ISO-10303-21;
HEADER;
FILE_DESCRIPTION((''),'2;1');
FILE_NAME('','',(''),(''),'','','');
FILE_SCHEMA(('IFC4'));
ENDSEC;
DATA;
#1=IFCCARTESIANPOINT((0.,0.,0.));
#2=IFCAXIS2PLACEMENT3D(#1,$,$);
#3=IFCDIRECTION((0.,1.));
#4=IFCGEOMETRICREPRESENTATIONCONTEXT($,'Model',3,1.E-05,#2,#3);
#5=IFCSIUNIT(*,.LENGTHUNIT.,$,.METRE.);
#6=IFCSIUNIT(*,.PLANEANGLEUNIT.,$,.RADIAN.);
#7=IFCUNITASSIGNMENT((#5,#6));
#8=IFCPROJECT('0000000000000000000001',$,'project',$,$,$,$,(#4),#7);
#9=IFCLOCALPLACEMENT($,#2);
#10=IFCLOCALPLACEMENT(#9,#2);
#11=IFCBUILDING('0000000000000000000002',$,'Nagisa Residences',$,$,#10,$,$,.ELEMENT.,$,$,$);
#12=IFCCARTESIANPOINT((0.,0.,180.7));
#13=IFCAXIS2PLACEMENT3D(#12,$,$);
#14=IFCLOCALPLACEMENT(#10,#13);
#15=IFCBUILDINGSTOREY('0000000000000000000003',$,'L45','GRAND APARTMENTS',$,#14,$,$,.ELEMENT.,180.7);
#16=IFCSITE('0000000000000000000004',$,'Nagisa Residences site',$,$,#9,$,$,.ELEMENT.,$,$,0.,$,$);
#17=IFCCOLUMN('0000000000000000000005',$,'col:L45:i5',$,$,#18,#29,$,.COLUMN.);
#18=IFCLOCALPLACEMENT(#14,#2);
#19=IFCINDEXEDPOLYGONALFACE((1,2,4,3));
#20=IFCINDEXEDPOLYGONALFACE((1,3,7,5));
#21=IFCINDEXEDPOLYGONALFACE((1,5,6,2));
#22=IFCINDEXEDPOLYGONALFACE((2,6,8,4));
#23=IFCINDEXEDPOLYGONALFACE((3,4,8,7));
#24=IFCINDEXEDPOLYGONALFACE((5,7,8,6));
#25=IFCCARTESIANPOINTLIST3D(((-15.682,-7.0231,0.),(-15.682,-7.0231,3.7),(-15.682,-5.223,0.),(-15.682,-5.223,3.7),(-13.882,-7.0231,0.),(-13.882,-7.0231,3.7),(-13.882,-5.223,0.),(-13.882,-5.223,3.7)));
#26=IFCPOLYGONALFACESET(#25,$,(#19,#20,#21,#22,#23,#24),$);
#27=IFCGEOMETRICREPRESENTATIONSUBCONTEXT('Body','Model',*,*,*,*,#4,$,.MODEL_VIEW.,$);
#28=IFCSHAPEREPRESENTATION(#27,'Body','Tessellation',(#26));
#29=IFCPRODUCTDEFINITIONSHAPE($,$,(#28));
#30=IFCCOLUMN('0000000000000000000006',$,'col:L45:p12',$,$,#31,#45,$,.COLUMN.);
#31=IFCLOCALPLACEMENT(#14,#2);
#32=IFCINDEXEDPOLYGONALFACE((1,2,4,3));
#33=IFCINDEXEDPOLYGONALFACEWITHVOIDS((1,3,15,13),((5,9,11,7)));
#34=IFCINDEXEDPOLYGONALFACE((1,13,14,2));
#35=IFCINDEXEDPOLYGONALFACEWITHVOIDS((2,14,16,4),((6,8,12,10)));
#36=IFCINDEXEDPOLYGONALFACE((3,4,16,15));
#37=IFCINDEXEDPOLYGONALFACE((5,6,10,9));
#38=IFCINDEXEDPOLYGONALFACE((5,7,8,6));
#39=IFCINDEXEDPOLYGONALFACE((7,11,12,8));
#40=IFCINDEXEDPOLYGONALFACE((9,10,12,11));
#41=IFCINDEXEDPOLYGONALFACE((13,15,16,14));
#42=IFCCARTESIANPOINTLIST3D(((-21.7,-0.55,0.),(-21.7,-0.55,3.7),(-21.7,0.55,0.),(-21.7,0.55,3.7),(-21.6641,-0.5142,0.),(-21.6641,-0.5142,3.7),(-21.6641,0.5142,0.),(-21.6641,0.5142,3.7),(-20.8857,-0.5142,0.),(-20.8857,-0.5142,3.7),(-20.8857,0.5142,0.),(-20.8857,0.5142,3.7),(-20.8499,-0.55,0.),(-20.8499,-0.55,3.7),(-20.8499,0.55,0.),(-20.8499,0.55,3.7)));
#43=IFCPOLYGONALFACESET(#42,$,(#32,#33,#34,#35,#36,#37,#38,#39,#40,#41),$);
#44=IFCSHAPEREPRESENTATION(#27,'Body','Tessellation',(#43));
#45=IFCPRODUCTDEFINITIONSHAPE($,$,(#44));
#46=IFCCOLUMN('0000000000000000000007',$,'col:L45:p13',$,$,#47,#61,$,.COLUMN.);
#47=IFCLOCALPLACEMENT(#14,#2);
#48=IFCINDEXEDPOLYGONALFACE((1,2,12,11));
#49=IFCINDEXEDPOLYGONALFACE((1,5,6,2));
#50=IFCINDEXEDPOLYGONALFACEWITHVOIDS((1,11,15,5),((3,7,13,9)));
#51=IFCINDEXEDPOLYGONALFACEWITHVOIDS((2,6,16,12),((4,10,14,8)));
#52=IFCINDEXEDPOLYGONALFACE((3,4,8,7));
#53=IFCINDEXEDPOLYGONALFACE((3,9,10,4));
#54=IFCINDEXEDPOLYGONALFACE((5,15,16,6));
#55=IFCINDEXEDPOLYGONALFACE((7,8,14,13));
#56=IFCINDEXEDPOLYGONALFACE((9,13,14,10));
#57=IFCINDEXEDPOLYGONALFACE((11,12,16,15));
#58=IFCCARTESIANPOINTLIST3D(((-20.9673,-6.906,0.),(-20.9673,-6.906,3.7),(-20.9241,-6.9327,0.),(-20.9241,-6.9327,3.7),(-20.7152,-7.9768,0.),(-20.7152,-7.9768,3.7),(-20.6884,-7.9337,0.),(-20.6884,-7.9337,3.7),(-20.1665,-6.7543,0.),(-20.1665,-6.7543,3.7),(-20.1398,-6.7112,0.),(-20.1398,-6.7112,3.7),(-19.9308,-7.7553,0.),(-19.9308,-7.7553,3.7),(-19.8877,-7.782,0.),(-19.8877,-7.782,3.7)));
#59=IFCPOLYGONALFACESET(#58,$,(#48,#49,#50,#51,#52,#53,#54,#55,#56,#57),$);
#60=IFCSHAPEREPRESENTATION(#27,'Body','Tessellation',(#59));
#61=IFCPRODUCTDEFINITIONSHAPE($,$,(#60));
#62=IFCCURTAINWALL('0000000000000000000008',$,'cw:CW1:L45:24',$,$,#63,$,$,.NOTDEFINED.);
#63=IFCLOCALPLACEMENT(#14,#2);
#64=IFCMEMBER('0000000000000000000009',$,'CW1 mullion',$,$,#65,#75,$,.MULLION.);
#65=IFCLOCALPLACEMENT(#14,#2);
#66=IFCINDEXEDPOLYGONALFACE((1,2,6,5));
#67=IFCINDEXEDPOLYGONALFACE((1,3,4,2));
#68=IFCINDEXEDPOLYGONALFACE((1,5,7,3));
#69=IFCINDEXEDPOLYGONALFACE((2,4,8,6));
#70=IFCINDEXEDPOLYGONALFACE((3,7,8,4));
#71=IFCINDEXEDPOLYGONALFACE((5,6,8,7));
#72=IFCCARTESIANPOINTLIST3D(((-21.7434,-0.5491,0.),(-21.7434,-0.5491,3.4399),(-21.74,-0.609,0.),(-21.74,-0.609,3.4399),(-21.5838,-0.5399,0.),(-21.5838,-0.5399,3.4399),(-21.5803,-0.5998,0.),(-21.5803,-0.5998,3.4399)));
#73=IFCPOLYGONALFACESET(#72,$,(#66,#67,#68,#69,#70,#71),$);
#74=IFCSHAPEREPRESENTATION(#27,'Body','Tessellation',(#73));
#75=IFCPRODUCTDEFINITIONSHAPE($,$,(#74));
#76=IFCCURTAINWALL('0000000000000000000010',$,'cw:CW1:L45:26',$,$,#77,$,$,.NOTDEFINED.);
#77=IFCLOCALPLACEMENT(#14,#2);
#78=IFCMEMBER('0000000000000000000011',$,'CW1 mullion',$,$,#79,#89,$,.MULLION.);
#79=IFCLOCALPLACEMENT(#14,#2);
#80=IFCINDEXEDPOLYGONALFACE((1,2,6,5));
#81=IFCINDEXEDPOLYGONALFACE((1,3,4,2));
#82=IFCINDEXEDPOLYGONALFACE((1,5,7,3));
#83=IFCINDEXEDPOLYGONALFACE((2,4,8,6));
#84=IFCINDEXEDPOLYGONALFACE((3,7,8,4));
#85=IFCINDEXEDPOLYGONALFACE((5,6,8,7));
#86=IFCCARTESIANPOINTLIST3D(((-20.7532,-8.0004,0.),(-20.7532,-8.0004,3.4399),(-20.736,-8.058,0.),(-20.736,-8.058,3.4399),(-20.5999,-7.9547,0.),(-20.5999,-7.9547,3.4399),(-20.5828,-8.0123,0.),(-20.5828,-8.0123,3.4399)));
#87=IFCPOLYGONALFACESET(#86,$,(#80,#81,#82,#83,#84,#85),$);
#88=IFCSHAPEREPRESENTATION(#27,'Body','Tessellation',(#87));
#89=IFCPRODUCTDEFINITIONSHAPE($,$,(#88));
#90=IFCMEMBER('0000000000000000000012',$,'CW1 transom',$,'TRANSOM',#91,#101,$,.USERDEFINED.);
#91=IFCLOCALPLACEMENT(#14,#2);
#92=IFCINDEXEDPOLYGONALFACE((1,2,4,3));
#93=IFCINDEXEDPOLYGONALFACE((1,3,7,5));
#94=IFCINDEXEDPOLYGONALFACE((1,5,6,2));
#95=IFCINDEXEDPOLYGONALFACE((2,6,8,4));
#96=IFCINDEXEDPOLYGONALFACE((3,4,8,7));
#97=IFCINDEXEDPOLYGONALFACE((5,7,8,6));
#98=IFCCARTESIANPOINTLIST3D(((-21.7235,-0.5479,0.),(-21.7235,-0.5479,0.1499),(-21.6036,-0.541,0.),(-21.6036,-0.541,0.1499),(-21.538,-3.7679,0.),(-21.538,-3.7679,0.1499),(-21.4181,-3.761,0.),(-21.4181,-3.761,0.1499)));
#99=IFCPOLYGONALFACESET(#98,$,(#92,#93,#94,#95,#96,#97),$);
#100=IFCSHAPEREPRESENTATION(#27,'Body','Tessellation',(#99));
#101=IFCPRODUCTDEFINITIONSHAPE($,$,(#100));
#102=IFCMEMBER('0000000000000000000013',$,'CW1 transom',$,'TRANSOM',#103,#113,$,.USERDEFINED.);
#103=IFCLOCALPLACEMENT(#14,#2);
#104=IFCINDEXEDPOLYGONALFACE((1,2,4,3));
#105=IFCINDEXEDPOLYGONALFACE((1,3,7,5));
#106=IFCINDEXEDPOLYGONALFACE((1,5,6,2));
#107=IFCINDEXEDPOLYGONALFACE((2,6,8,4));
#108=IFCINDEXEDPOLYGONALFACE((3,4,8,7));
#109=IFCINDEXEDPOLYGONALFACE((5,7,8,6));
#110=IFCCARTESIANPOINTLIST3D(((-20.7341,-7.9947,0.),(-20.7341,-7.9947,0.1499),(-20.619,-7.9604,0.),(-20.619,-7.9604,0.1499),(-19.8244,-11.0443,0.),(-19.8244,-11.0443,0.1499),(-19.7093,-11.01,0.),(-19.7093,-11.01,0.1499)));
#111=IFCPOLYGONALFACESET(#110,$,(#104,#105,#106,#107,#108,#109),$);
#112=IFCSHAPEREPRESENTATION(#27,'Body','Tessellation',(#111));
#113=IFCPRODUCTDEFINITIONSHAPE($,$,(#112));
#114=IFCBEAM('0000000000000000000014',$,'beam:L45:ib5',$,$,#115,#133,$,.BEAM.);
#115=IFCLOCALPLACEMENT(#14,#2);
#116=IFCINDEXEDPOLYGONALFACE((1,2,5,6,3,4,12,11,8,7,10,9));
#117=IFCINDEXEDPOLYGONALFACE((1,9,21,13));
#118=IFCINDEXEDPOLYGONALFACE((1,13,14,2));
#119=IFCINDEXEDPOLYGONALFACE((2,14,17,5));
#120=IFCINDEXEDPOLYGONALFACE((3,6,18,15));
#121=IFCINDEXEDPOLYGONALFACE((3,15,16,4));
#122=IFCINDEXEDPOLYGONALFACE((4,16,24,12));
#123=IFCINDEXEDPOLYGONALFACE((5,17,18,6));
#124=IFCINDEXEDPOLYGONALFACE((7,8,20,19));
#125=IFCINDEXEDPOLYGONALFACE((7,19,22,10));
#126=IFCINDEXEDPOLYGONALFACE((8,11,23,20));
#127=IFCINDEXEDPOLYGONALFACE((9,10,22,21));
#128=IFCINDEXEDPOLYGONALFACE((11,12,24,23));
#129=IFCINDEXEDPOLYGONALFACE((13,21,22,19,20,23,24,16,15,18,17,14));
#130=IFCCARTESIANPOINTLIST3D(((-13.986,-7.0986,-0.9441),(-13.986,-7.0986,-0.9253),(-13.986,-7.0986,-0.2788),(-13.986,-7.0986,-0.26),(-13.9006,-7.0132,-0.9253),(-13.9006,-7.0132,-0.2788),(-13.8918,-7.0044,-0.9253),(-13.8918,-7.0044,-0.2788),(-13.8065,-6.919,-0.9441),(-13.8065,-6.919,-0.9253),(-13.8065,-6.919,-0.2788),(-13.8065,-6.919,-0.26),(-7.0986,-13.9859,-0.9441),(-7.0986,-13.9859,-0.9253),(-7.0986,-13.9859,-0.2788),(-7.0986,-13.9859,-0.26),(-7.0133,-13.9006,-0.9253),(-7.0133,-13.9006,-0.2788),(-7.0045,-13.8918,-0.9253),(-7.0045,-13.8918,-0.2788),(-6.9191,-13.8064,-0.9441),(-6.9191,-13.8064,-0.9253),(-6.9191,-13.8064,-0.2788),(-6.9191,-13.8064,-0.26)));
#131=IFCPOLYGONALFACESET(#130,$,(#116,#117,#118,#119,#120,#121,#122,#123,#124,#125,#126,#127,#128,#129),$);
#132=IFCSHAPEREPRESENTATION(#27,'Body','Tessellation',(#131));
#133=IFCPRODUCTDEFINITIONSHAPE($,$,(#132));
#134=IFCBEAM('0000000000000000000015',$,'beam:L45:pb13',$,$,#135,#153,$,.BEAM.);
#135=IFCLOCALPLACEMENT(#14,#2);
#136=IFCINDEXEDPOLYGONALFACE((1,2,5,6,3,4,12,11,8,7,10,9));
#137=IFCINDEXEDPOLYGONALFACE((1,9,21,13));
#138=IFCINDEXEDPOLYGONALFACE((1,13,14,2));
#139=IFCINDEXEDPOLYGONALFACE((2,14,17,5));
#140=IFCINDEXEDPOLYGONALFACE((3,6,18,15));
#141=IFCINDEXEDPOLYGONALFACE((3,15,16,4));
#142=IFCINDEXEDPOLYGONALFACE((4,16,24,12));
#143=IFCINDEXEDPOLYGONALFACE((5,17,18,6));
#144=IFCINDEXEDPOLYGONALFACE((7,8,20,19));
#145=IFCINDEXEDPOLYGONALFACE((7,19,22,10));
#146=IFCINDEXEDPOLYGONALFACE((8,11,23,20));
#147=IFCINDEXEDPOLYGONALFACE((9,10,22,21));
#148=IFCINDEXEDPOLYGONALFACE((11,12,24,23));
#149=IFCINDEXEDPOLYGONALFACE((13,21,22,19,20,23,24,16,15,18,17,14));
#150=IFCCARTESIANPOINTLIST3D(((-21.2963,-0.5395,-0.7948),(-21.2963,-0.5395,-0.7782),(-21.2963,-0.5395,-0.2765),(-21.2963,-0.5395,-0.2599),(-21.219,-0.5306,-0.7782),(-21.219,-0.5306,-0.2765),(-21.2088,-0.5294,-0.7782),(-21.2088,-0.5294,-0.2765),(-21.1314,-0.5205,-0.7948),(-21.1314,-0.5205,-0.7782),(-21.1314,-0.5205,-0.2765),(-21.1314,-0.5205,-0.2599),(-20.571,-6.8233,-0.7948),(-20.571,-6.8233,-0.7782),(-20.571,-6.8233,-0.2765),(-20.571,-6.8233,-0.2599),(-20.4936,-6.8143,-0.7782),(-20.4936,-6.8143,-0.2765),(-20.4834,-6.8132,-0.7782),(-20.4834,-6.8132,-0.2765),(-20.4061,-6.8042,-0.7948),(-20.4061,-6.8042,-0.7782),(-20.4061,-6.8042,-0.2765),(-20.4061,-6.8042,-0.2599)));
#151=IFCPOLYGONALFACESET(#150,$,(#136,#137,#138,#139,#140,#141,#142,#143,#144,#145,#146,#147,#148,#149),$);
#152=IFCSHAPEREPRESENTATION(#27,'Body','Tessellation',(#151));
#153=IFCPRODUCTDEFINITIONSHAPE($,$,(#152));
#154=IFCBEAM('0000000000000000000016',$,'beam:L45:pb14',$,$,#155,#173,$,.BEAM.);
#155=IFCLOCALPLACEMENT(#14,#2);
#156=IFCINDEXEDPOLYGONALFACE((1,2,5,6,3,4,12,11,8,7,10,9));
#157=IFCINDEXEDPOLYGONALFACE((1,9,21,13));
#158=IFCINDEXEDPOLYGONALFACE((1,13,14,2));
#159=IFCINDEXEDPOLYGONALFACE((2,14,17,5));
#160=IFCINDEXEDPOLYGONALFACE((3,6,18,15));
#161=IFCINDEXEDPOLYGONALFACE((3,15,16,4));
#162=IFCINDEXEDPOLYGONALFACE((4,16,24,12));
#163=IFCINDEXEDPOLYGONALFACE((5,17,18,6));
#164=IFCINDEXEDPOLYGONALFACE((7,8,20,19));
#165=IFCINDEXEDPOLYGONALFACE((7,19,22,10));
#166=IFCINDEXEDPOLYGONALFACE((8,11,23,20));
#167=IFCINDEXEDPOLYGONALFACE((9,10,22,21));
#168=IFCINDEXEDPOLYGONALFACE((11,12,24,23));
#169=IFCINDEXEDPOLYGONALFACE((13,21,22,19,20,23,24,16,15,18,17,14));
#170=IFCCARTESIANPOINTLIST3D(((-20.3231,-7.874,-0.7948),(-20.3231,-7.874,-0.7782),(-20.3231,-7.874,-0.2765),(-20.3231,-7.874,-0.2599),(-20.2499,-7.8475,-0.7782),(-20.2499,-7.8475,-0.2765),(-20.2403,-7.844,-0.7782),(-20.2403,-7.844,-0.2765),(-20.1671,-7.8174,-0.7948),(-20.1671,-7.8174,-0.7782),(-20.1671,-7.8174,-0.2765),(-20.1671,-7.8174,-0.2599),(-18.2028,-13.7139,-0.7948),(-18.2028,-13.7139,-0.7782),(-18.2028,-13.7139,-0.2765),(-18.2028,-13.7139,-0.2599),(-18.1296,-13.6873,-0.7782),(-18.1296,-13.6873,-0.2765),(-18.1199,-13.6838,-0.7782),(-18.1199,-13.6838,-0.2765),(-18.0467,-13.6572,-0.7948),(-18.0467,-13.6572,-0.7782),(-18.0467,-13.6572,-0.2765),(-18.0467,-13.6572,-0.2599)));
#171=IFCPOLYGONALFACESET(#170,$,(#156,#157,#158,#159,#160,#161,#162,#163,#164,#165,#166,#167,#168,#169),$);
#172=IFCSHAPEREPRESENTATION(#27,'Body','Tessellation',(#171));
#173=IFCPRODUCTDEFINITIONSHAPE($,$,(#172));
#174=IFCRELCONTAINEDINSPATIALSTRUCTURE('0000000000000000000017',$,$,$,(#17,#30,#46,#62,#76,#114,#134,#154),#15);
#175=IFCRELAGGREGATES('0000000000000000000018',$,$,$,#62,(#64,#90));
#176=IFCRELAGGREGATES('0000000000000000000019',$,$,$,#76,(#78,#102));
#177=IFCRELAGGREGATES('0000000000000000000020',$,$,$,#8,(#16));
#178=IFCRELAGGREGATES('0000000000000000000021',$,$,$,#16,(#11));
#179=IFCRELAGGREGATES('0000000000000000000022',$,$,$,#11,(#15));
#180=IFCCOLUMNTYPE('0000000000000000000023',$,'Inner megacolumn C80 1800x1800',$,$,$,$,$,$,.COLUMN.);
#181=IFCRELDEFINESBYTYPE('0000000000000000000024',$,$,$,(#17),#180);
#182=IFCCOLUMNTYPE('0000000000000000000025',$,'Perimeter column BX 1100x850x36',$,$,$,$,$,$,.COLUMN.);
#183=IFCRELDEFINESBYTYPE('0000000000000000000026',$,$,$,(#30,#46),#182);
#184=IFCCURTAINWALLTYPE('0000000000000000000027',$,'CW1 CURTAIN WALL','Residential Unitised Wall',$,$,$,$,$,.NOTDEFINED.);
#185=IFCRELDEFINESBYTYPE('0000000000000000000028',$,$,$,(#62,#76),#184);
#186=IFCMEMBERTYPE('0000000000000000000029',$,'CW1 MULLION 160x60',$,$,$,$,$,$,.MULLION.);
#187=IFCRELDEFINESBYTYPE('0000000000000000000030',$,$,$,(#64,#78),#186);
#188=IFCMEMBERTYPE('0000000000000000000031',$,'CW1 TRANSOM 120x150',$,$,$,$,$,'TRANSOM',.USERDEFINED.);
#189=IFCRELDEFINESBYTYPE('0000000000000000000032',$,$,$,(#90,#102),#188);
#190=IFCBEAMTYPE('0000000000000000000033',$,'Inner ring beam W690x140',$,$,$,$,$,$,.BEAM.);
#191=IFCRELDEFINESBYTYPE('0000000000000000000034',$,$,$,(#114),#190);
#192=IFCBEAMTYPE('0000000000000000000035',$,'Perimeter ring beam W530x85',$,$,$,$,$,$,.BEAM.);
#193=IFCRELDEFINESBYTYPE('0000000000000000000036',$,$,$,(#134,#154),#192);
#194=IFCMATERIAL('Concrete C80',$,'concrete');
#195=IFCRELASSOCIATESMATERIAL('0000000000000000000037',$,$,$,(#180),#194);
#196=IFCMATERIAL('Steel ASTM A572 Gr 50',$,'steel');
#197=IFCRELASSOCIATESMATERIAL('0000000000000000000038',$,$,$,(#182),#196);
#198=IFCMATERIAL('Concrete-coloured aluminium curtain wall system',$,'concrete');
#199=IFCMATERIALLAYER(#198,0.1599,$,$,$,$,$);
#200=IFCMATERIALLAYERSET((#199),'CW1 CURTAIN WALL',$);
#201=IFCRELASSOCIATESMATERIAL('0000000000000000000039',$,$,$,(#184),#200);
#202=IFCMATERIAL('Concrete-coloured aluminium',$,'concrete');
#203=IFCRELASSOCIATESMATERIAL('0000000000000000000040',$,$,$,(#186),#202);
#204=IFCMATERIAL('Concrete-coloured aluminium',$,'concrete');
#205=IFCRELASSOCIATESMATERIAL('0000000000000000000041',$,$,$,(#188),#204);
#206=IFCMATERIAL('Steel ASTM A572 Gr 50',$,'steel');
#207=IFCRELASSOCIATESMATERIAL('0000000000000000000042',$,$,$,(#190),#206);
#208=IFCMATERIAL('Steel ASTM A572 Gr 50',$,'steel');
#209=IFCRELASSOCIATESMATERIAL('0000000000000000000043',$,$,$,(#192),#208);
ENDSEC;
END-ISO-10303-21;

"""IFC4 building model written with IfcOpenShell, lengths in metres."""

from ifc_helpers import new_model, si_unit, direction, frame, origin, origin_2d, place, context, subcontext, project, spatial, rectangle, hollow_rectangle, i_section, extrude, material, layer, layer_set, material_profile, profile_set, type_object, element, aggregate, save


model = new_model("IFC4")

# Units and contexts
model_context = context("Model", 3, precision=1e-05, world=origin(), true_north=direction((0.0, 1.0)))
body_context = subcontext(model_context, "Body", "Model", "MODEL_VIEW")
ifc_project = project(units=[si_unit("LENGTHUNIT", "METRE"), si_unit("PLANEANGLEUNIT", "RADIAN")], contexts=[model_context])

# Site, building, storey
site_placement = place(None, origin())
site = spatial("IfcSite", under=ifc_project, at=site_placement, Name="Nagisa Residences site", CompositionType="ELEMENT", RefElevation=0.0)
building_placement = place(site_placement, origin())
building = spatial("IfcBuilding", under=site, at=building_placement, Name="Nagisa Residences", CompositionType="ELEMENT")
storey_placement = place(building_placement, frame((0.0, 0.0, 180.7)))
storey = spatial("IfcBuildingStorey", under=building, at=storey_placement, Name="L45", Description="GRAND APARTMENTS", CompositionType="ELEMENT", Elevation=180.7)

# Columns
ifc_material_1 = material(Name="Concrete C80", Category="concrete")
ifc_material_profile_1 = material_profile(ifc_material_1, rectangle(XDim=1.8, YDim=1.8, at=origin_2d()), Name="C80 1800x1800")
ifc_profile_set_1 = profile_set([ifc_material_profile_1], Name="Concrete C80")
column_type_1 = type_object("IfcColumnType", Name="Inner megacolumn C80 1800x1800", PredefinedType="COLUMN", material=ifc_profile_set_1)
column_placement = place(storey_placement, frame((-14.782, -6.123, 0.0), z_axis=(0.0, 0.0, 1.0), x_axis=(1.0, 0.0, 0.0)))
element("IfcColumn", 1, at=column_placement, inside=storey, type_object=column_type_1, Name="col:L45:i5", PredefinedType="COLUMN", context=body_context, shape_type="SweptSolid", body=[
    extrude(rectangle(XDim=1.8, YDim=1.8, at=origin_2d()), origin(), (0.0, 0.0, 1.0), 3.7),
])
ifc_material_2 = material(Name="Steel ASTM A572 Gr 50", Category="steel")
ifc_material_profile_2 = material_profile(ifc_material_2, hollow_rectangle(XDim=1.1001, YDim=0.8501, WallThickness=0.0359, at=origin_2d()), Name="BX 1100x850x36")
ifc_profile_set_2 = profile_set([ifc_material_profile_2], Name="Steel ASTM A572 Gr 50")
column_type_2 = type_object("IfcColumnType", Name="Perimeter column BX 1100x850x36", PredefinedType="COLUMN", material=ifc_profile_set_2)
for number, where, z_axis, x_axis, name in (
    (2, (-21.2749, 0.0, 0.0), (0.0, 0.0, 1.0), (0.0, -1.0, 0.0), "col:L45:p12"),
    (3, (-20.4275, -7.344, 0.0), (0.0, 0.0, 1.0), (0.229202, -0.973379, 0.0), "col:L45:p13"),
):
    element("IfcColumn", number, at=place(storey_placement, frame(where, z_axis=z_axis, x_axis=x_axis)), inside=storey, type_object=column_type_2, Name=name, PredefinedType="COLUMN", context=body_context, shape_type="SweptSolid", body=[
        extrude(hollow_rectangle(XDim=1.1001, YDim=0.8501, WallThickness=0.0359, at=origin_2d()), origin(), (0.0, 0.0, 1.0), 3.7),
    ])

# Curtain walls, members
ifc_material_3 = material(Name="Concrete-coloured aluminium curtain wall system", Category="concrete")
ifc_layer_1 = layer(ifc_material_3, 0.1599)
ifc_layer_set_1 = layer_set([ifc_layer_1], Name="CW1 CURTAIN WALL")
curtain_wall_type = type_object("IfcCurtainWallType", Name="CW1 CURTAIN WALL", Description="Residential Unitised Wall", PredefinedType="NOTDEFINED", material=ifc_layer_set_1)
curtain_wall_1_placement = place(storey_placement, origin())
curtain_wall_1 = element("IfcCurtainWall", 4, at=curtain_wall_1_placement, inside=storey, type_object=curtain_wall_type, Name="cw:CW1:L45:24", PredefinedType="NOTDEFINED")
ifc_material_4 = material(Name="Concrete-coloured aluminium", Category="concrete")
ifc_material_profile_3 = material_profile(ifc_material_4, rectangle(XDim=0.1599, YDim=0.0601, at=origin_2d()), Name="CW1 MULLION 160x60")
ifc_profile_set_3 = profile_set([ifc_material_profile_3], Name="Concrete-coloured aluminium")
member_type_1 = type_object("IfcMemberType", Name="CW1 MULLION 160x60", PredefinedType="MULLION", material=ifc_profile_set_3)
member_1_placement = place(storey_placement, frame((-21.6619, -0.5745, 0.0), z_axis=(0.0, 0.0, 1.0), x_axis=(0.998345, 0.057503, 0.0)))
member_1 = element("IfcMember", 5, at=member_1_placement, type_object=member_type_1, Name="CW1 mullion", PredefinedType="MULLION", context=body_context, shape_type="SweptSolid", body=[
    extrude(rectangle(XDim=0.1599, YDim=0.0601, at=origin_2d()), origin(), (0.0, 0.0, 1.0), 3.4399),
])
curtain_wall_2_placement = place(storey_placement, origin())
curtain_wall_2 = element("IfcCurtainWall", 6, at=curtain_wall_2_placement, inside=storey, type_object=curtain_wall_type, Name="cw:CW1:L45:26", PredefinedType="NOTDEFINED")
member_2_placement = place(storey_placement, frame((-20.668, -8.0063, 0.0), z_axis=(0.0, 0.0, 1.0), x_axis=(0.958271, 0.28586, 0.0)))
member_2 = element("IfcMember", 7, at=member_2_placement, type_object=member_type_1, Name="CW1 mullion", PredefinedType="MULLION", context=body_context, shape_type="SweptSolid", body=[
    extrude(rectangle(XDim=0.1599, YDim=0.0601, at=origin_2d()), origin(), (0.0, 0.0, 1.0), 3.4399),
])

# Members
ifc_material_5 = material(Name="Concrete-coloured aluminium", Category="concrete")
ifc_material_profile_4 = material_profile(ifc_material_5, rectangle(XDim=0.1201, YDim=0.1499, at=origin_2d()), Name="CW1 TRANSOM 120x150")
ifc_profile_set_4 = profile_set([ifc_material_profile_4], Name="Concrete-coloured aluminium")
member_type_2 = type_object("IfcMemberType", Name="CW1 TRANSOM 120x150", ElementType="TRANSOM", PredefinedType="USERDEFINED", material=ifc_profile_set_4)
member_3_placement = place(storey_placement, frame((-21.6636, -0.5444, 0.075), z_axis=(0.057528, -0.998344, 0.0), x_axis=(0.998344, 0.057528, 0.0)))
member_3 = element("IfcMember", 8, at=member_3_placement, type_object=member_type_2, Name="CW1 transom", ObjectType="TRANSOM", PredefinedType="USERDEFINED", context=body_context, shape_type="SweptSolid", body=[
    extrude(rectangle(XDim=0.1201, YDim=0.1499, at=origin_2d()), origin(), (0.0, 0.0, 1.0), 3.2253),
])
member_4_placement = place(storey_placement, frame((-20.6765, -7.9775, 0.075), z_axis=(0.285848, -0.958275, 0.0), x_axis=(0.958275, 0.285848, 0.0)))
member_4 = element("IfcMember", 9, at=member_4_placement, type_object=member_type_2, Name="CW1 transom", ObjectType="TRANSOM", PredefinedType="USERDEFINED", context=body_context, shape_type="SweptSolid", body=[
    extrude(rectangle(XDim=0.1201, YDim=0.1499, at=origin_2d()), origin(), (0.0, 0.0, 1.0), 3.1824),
])

# Beams
ifc_material_6 = material(Name="Steel ASTM A572 Gr 50", Category="steel")
ifc_material_profile_5 = material_profile(ifc_material_6, i_section(OverallWidth=0.2539, OverallDepth=0.6841, WebThickness=0.0125, FlangeThickness=0.0188, at=origin_2d()), Name="W690x140")
ifc_profile_set_5 = profile_set([ifc_material_profile_5], Name="Steel ASTM A572 Gr 50")
beam_type_1 = type_object("IfcBeamType", Name="Inner ring beam W690x140", PredefinedType="BEAM", material=ifc_profile_set_5)
beam_1_placement = place(storey_placement, frame((-13.8962, -7.0088, -0.6021), z_axis=(0.707107, -0.707107, 0.0), x_axis=(0.707107, 0.707107, 0.0)))
element("IfcBeam", 10, at=beam_1_placement, inside=storey, type_object=beam_type_1, Name="beam:L45:ib5", PredefinedType="BEAM", context=body_context, shape_type="SweptSolid", body=[
    extrude(i_section(OverallWidth=0.2539, OverallDepth=0.6841, WebThickness=0.0125, FlangeThickness=0.0188, at=origin_2d()), origin(), (0.0, 0.0, 1.0), 9.7402),
])
ifc_material_7 = material(Name="Steel ASTM A572 Gr 50", Category="steel")
ifc_material_profile_6 = material_profile(ifc_material_7, i_section(OverallWidth=0.166, OverallDepth=0.5349, WebThickness=0.0103, FlangeThickness=0.0166, at=origin_2d()), Name="W530x85")
ifc_profile_set_6 = profile_set([ifc_material_profile_6], Name="Steel ASTM A572 Gr 50")
beam_type_2 = type_object("IfcBeamType", Name="Perimeter ring beam W530x85", PredefinedType="BEAM", material=ifc_profile_set_6)
beam_2_placement = place(storey_placement, frame((-21.2139, -0.53, -0.5273), z_axis=(0.114671, -0.993404, 0.0), x_axis=(0.993404, 0.114671, 0.0)))
element("IfcBeam", 11, at=beam_2_placement, inside=storey, type_object=beam_type_2, Name="beam:L45:pb13", PredefinedType="BEAM", context=body_context, shape_type="SweptSolid", body=[
    extrude(i_section(OverallWidth=0.166, OverallDepth=0.5349, WebThickness=0.0103, FlangeThickness=0.0166, at=origin_2d()), origin(), (0.0, 0.0, 1.0), 6.3254),
])
beam_3_placement = place(storey_placement, frame((-20.2451, -7.8457, -0.5273), z_axis=(0.341286, -0.93996, 0.0), x_axis=(0.93996, 0.341286, 0.0)))
element("IfcBeam", 12, at=beam_3_placement, inside=storey, type_object=beam_type_2, Name="beam:L45:pb14", PredefinedType="BEAM", context=body_context, shape_type="SweptSolid", body=[
    extrude(i_section(OverallWidth=0.166, OverallDepth=0.5349, WebThickness=0.0103, FlangeThickness=0.0166, at=origin_2d()), origin(), (0.0, 0.0, 1.0), 6.2129),
])

aggregate(curtain_wall_1, [member_1, member_3])
aggregate(curtain_wall_2, [member_2, member_4])

save(model, "model.ifc")
